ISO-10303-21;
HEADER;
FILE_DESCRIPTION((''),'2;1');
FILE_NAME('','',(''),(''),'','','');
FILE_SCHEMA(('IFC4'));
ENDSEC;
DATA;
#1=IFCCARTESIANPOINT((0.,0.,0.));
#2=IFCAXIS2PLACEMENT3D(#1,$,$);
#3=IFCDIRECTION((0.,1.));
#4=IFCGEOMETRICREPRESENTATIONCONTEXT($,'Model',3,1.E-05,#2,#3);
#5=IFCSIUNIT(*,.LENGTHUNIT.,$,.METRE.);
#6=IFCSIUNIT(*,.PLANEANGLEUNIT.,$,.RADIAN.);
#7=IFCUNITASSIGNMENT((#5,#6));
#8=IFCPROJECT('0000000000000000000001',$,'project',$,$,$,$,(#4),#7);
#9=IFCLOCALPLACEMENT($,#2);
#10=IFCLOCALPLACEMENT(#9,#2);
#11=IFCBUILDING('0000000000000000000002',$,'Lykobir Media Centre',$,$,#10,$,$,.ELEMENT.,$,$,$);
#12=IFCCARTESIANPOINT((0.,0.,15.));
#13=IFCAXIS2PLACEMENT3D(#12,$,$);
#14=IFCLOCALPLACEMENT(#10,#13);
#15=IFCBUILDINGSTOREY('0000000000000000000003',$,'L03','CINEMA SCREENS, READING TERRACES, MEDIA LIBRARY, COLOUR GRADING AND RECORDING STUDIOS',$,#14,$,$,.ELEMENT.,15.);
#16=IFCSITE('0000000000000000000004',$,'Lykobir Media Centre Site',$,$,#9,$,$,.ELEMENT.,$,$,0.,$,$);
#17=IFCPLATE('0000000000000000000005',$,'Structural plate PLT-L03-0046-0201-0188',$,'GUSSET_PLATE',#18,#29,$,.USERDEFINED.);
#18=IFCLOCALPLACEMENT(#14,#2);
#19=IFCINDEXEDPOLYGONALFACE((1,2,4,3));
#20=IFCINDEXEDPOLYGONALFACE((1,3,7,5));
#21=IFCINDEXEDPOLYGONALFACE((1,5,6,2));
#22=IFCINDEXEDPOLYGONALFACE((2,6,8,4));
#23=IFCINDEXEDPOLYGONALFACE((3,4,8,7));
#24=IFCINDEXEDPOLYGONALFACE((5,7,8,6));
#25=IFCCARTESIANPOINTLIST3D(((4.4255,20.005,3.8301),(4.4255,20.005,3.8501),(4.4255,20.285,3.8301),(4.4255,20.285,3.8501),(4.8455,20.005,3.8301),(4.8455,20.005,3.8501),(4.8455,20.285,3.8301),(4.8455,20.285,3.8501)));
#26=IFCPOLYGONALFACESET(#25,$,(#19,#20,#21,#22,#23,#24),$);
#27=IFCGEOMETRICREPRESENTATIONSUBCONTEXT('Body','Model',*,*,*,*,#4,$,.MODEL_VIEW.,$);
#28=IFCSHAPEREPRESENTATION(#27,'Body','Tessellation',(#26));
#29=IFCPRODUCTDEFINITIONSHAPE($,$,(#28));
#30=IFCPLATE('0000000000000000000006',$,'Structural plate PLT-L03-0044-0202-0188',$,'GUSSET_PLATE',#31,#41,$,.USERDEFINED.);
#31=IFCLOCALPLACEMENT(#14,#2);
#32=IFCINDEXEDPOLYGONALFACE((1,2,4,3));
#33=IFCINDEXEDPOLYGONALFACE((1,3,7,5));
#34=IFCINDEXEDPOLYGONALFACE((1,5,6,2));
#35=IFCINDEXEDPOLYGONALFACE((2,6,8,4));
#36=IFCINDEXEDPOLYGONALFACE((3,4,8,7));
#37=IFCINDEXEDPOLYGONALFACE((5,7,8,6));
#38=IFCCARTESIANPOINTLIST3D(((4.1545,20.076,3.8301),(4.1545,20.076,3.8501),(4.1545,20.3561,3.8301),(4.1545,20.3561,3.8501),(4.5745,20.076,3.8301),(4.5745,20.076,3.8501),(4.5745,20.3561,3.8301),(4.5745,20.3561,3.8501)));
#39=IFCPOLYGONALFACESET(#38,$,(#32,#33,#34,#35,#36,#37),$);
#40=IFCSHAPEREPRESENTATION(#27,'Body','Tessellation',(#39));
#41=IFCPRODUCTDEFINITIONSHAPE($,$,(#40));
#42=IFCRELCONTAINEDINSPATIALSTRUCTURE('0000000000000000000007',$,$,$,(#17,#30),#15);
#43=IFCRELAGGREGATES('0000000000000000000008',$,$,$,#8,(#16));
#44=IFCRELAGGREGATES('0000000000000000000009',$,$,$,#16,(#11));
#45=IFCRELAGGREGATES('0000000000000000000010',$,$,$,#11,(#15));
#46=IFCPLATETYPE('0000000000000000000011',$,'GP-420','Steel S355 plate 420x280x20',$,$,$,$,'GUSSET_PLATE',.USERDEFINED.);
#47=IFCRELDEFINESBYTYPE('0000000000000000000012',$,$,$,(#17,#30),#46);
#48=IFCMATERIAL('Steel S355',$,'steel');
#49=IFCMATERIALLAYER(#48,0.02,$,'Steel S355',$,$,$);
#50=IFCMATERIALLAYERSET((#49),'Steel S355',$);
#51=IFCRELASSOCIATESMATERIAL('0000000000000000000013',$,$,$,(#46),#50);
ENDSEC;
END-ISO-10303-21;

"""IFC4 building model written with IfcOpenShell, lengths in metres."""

from ifc_helpers import new_model, si_unit, direction, frame, origin, origin_2d, place, context, subcontext, project, spatial, rectangle, extrude, material, layer, layer_set, type_object, element, save


model = new_model("IFC4")

# Units and contexts
model_context = context("Model", 3, precision=1e-05, world=origin(), true_north=direction((0.0, 1.0)))
body_context = subcontext(model_context, "Body", "Model", "MODEL_VIEW")
ifc_project = project(units=[si_unit("LENGTHUNIT", "METRE"), si_unit("PLANEANGLEUNIT", "RADIAN")], contexts=[model_context])

# Site, building, storey
site_placement = place(None, origin())
site = spatial("IfcSite", under=ifc_project, at=site_placement, Name="Lykobir Media Centre Site", CompositionType="ELEMENT", RefElevation=0.0)
building_placement = place(site_placement, origin())
building = spatial("IfcBuilding", under=site, at=building_placement, Name="Lykobir Media Centre", CompositionType="ELEMENT")
storey_placement = place(building_placement, frame((0.0, 0.0, 15.0)))
storey = spatial("IfcBuildingStorey", under=building, at=storey_placement, Name="L03", Description="CINEMA SCREENS, READING TERRACES, MEDIA LIBRARY, COLOUR GRADING AND RECORDING STUDIOS", CompositionType="ELEMENT", Elevation=15.0)

# Shared definitions
ifc_material_1 = material(Name="Steel S355", Category="steel")

# Plates
ifc_layer_1 = layer(ifc_material_1, 0.02, Name="Steel S355")
ifc_layer_set_1 = layer_set([ifc_layer_1], Name="Steel S355")
plate_type_1 = type_object("IfcPlateType", Name="GP-420", Description="Steel S355 plate 420x280x20", ElementType="GUSSET_PLATE", PredefinedType="USERDEFINED", material=ifc_layer_set_1)
for number, where, z_axis, x_axis, name in (
    (1, (4.6355, 20.145, 3.8301), (0.0, 0.0, 1.0), (1.0, 0.0, 0.0), "Structural plate PLT-L03-0046-0201-0188"),
    (2, (4.3645, 20.2161, 3.8301), (0.0, 0.0, 1.0), (1.0, 0.0, 0.0), "Structural plate PLT-L03-0044-0202-0188"),
):
    element("IfcPlate", number, at=place(storey_placement, frame(where, z_axis=z_axis, x_axis=x_axis)), inside=storey, type_object=plate_type_1, Name=name, ObjectType="GUSSET_PLATE", PredefinedType="USERDEFINED", context=body_context, shape_type="SweptSolid", body=[
        extrude(rectangle(XDim=0.4199, YDim=0.28, at=origin_2d()), origin(), (0.0, 0.0, 1.0), 0.02),
    ])

save(model, "model.ifc")
